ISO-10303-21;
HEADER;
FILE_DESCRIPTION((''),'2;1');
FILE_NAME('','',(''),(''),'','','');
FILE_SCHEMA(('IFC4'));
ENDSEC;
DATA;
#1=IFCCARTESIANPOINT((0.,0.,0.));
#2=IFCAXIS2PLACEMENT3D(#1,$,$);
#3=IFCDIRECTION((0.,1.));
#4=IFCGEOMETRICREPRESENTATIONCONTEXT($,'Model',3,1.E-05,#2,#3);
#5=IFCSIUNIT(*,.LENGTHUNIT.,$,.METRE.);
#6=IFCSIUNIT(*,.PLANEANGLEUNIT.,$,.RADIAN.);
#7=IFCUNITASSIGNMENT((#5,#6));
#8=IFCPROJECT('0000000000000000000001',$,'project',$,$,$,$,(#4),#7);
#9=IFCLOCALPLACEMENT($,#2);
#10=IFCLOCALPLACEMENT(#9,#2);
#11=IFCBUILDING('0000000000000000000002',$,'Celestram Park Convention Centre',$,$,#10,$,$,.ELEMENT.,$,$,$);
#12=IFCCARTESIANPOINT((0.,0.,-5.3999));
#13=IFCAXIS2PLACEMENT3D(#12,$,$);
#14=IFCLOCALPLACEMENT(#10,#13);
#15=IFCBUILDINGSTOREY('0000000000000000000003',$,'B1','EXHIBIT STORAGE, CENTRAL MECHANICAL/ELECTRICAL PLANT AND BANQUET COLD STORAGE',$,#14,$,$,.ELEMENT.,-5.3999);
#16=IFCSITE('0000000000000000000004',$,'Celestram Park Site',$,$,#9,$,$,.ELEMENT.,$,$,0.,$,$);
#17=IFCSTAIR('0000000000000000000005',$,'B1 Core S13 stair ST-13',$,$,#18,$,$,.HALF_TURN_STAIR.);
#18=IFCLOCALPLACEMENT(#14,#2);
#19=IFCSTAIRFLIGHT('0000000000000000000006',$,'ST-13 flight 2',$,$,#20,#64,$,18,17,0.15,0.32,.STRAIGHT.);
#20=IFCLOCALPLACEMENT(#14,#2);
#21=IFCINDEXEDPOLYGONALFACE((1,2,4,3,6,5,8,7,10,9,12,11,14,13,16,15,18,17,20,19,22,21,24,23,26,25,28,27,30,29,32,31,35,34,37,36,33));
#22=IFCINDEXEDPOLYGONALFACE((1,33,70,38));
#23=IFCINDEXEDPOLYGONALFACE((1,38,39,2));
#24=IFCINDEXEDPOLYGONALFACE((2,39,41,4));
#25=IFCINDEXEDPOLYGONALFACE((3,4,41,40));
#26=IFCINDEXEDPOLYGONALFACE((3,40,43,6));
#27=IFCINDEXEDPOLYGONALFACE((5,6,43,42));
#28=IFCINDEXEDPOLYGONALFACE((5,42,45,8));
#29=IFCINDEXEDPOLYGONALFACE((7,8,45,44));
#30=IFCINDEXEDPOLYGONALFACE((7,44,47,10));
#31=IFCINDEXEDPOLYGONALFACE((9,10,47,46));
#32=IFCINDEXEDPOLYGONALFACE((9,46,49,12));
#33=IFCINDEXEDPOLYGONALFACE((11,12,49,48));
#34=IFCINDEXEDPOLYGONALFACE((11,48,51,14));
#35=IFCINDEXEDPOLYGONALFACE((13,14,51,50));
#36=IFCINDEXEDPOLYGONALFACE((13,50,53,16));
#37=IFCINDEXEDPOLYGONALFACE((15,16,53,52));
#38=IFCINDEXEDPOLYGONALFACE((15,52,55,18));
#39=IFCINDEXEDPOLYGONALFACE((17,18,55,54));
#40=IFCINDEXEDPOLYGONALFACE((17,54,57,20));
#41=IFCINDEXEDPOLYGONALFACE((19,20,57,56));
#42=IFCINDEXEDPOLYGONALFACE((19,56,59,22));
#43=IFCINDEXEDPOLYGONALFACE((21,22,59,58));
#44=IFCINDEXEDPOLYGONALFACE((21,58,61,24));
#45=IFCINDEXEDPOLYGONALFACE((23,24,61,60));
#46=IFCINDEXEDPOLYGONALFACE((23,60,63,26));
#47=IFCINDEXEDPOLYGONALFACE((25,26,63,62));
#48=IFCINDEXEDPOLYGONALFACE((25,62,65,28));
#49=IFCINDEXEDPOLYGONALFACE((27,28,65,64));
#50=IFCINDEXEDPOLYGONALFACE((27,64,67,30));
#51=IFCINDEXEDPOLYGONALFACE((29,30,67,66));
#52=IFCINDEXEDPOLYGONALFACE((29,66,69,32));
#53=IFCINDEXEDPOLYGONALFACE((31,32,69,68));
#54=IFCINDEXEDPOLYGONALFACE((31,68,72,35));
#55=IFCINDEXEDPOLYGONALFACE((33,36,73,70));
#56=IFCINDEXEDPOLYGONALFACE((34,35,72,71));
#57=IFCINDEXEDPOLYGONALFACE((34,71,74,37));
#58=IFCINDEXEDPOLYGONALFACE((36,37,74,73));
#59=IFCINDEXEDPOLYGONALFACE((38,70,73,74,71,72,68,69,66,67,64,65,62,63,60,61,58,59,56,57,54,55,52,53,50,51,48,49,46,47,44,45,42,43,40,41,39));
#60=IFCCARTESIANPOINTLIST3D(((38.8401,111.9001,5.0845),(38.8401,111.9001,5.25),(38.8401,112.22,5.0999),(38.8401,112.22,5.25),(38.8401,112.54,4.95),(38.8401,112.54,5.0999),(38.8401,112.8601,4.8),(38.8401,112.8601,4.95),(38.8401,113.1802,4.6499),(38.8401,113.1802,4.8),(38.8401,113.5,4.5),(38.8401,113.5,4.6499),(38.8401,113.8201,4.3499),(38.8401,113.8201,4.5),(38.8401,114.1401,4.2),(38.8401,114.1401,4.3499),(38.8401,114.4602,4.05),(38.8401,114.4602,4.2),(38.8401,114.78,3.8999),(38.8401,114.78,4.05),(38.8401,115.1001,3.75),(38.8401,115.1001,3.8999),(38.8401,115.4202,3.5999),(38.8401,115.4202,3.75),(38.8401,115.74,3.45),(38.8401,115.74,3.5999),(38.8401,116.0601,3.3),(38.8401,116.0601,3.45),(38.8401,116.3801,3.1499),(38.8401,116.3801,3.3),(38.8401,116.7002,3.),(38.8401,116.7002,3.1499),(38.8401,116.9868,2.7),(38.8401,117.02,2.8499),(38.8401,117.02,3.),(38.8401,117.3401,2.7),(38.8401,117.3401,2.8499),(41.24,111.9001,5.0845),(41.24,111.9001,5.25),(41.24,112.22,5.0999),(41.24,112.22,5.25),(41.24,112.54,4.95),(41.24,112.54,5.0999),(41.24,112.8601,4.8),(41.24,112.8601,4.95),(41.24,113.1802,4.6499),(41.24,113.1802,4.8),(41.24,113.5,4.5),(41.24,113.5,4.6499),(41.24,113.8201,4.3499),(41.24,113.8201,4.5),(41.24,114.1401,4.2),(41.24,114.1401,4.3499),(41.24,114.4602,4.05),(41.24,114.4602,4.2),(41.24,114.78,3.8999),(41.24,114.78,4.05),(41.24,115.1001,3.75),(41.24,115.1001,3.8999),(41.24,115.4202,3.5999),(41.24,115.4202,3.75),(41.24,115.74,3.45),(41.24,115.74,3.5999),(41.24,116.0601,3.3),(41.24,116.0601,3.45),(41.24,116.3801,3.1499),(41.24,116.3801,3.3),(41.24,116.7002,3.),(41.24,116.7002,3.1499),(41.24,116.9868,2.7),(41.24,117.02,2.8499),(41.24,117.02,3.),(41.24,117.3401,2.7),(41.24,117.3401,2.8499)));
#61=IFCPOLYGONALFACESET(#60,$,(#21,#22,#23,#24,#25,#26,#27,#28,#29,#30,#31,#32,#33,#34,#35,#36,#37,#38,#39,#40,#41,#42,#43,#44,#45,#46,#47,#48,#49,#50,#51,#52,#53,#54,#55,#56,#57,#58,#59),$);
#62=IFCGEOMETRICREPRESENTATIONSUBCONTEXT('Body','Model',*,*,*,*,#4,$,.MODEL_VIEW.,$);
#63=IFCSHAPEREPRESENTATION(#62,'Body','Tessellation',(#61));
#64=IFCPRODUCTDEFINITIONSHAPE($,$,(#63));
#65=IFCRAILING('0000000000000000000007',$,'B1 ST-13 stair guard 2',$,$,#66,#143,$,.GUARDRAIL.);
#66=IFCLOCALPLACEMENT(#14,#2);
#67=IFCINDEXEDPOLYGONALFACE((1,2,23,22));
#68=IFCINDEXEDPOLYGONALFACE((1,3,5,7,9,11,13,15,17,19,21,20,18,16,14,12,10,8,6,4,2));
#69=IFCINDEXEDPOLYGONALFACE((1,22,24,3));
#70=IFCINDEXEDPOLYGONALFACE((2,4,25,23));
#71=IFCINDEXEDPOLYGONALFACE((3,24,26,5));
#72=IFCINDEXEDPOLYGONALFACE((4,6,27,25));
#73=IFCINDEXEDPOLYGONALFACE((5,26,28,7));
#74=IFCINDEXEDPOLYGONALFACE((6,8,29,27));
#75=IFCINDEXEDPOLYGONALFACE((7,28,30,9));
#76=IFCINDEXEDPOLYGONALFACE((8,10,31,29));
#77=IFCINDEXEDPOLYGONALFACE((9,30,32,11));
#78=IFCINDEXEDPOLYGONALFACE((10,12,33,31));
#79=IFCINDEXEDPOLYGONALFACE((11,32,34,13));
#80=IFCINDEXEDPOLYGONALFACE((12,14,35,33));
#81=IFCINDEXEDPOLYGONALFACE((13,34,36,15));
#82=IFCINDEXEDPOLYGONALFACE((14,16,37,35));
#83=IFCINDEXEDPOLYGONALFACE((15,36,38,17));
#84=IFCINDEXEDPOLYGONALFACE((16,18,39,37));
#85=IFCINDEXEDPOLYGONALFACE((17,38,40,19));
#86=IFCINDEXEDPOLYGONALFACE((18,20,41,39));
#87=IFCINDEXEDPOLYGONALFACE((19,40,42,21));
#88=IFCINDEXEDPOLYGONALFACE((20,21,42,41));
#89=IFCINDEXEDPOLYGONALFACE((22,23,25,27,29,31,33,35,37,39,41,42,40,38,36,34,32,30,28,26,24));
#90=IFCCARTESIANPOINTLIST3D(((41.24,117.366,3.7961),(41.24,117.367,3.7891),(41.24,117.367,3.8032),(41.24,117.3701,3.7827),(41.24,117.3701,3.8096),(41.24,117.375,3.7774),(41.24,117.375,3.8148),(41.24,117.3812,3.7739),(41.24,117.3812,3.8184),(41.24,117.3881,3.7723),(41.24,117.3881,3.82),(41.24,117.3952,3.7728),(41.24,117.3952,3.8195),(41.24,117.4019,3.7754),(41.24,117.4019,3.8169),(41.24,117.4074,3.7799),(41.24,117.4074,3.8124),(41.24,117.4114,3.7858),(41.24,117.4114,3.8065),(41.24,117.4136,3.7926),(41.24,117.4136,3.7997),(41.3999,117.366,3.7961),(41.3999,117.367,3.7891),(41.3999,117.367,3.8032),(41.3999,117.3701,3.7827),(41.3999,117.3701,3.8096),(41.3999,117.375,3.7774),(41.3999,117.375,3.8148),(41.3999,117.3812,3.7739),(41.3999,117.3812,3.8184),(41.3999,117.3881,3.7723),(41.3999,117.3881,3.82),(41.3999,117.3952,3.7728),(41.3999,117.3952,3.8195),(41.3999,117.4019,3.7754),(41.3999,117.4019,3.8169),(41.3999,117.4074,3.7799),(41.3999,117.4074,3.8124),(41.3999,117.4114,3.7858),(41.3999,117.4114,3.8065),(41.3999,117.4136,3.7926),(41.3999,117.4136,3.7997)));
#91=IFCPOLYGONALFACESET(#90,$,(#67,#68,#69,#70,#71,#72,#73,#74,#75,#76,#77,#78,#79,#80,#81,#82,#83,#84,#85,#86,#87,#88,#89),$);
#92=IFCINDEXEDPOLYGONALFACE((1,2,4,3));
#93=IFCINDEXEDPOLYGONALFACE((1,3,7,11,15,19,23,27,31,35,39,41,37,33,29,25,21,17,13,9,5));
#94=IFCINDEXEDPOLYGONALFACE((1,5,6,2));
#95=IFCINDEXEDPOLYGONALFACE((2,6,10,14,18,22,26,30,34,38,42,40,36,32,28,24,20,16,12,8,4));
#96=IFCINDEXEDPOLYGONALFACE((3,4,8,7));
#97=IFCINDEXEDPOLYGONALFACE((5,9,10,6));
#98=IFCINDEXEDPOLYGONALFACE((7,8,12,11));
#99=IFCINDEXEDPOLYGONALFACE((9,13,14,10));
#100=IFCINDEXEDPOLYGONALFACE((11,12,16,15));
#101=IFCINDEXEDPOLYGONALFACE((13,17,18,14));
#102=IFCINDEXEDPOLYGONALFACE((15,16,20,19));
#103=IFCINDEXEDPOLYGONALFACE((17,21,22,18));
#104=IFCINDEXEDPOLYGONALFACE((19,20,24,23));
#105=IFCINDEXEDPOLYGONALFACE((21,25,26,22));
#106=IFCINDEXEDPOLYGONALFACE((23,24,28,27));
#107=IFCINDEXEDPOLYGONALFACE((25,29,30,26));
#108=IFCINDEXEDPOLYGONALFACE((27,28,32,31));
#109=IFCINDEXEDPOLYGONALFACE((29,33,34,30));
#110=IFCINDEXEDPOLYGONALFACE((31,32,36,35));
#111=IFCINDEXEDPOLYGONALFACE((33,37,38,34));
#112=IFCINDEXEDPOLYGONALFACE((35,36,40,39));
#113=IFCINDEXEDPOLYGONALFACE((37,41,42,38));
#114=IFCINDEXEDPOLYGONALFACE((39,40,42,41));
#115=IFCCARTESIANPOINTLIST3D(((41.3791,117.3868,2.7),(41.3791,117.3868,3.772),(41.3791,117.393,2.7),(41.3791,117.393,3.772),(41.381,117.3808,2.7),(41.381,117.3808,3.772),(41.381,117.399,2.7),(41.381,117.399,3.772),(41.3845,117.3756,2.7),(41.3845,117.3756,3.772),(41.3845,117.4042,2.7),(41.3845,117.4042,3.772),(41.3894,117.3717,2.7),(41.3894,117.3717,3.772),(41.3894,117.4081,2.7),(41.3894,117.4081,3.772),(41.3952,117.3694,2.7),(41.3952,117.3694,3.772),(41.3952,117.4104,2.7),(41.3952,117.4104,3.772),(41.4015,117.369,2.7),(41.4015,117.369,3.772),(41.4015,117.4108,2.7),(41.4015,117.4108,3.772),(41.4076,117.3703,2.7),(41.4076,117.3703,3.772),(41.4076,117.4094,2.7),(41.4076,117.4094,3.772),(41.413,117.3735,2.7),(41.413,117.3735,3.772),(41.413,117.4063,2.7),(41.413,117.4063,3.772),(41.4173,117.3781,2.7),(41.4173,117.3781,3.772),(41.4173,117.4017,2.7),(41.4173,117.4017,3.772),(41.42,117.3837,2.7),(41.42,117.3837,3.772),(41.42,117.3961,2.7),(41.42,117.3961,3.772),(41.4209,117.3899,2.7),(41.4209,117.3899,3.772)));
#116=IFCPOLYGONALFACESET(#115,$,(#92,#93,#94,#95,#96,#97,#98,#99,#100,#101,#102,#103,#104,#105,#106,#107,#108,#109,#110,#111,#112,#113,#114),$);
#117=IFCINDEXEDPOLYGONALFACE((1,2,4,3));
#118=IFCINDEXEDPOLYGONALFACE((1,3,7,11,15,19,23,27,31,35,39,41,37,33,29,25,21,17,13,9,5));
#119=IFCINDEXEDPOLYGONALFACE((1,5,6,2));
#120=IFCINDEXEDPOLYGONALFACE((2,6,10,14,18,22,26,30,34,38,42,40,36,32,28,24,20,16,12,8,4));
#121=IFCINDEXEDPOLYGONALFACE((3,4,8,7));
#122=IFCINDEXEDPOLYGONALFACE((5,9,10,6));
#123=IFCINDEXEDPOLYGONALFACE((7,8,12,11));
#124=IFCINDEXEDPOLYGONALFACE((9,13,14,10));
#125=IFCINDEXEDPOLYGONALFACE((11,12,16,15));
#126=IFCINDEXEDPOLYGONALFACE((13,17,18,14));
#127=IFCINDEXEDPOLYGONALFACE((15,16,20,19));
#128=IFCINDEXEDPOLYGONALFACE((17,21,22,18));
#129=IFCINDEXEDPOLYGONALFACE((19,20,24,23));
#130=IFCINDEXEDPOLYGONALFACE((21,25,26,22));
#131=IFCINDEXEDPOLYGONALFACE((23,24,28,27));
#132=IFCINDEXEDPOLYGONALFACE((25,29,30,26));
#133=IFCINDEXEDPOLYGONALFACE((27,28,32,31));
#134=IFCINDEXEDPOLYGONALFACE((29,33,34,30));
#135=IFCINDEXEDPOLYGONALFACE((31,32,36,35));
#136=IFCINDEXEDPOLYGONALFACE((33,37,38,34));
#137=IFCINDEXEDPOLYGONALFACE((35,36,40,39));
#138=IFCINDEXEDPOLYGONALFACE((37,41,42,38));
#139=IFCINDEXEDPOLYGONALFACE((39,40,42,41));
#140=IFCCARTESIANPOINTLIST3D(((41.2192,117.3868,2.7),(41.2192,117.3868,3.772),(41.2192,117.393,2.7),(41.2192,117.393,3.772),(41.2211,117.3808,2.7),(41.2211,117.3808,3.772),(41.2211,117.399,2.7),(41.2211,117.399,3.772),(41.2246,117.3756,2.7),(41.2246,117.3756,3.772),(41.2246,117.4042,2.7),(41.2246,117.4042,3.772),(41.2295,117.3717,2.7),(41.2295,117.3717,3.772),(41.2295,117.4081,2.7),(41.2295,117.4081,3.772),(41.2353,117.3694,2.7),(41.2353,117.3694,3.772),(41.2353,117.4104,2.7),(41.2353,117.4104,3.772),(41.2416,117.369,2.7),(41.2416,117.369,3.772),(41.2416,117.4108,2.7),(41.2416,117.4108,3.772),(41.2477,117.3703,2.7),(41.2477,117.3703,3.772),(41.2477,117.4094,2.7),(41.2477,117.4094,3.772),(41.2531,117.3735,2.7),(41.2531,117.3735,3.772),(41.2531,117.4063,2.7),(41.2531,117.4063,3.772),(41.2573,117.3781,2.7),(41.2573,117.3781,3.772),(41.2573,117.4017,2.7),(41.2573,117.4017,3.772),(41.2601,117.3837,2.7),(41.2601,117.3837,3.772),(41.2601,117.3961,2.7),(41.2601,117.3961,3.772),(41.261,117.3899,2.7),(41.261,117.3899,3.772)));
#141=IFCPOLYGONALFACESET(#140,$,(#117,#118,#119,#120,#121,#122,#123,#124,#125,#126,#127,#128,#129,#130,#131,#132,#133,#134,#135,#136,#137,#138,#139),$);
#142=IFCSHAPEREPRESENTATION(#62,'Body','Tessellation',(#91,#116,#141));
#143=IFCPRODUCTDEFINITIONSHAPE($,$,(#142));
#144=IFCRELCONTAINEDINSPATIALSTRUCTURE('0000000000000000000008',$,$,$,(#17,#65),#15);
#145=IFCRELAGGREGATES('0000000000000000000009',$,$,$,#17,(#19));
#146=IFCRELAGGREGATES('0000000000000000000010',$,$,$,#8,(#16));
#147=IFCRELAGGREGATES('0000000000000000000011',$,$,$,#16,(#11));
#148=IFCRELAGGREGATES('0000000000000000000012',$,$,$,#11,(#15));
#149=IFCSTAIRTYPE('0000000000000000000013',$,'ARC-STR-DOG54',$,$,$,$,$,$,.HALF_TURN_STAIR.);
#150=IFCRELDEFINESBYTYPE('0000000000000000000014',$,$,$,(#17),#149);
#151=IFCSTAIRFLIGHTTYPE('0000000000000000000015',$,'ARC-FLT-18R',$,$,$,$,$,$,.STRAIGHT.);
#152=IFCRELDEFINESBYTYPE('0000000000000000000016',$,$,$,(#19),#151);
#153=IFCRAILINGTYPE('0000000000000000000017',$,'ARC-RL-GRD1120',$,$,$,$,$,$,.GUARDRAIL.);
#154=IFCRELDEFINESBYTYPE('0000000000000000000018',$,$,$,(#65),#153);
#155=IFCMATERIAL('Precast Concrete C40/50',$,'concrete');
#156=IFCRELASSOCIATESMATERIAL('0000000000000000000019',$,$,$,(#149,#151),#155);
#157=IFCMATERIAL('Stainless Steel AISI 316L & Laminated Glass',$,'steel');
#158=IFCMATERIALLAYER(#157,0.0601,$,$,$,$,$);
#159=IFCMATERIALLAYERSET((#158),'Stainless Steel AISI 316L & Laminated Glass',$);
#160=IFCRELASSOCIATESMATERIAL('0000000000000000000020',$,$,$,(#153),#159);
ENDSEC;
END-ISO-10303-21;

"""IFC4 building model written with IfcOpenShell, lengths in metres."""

from ifc_helpers import new_model, si_unit, direction, frame, origin, origin_2d, place, context, subcontext, project, spatial, polyline, circle, outline, extrude, material, layer, layer_set, type_object, element, aggregate, save


model = new_model("IFC4")

# Units and contexts
model_context = context("Model", 3, precision=1e-05, world=origin(), true_north=direction((0.0, 1.0)))
body_context = subcontext(model_context, "Body", "Model", "MODEL_VIEW")
ifc_project = project(units=[si_unit("LENGTHUNIT", "METRE"), si_unit("PLANEANGLEUNIT", "RADIAN")], contexts=[model_context])

# Site, building, storey
site_placement = place(None, origin())
site = spatial("IfcSite", under=ifc_project, at=site_placement, Name="Celestram Park Site", CompositionType="ELEMENT", RefElevation=0.0)
building_placement = place(site_placement, origin())
building = spatial("IfcBuilding", under=site, at=building_placement, Name="Celestram Park Convention Centre", CompositionType="ELEMENT")
storey_placement = place(building_placement, frame((0.0, 0.0, -5.3999)))
storey = spatial("IfcBuildingStorey", under=building, at=storey_placement, Name="B1", Description="EXHIBIT STORAGE, CENTRAL MECHANICAL/ELECTRICAL PLANT AND BANQUET COLD STORAGE", CompositionType="ELEMENT", Elevation=-5.3999)

# Stair, stair flight
ifc_material_1 = material(Name="Precast Concrete C40/50", Category="concrete")
stair_type = type_object("IfcStairType", Name="ARC-STR-DOG54", PredefinedType="HALF_TURN_STAIR", material=ifc_material_1)
stair_placement = place(storey_placement, origin())
stair = element("IfcStair", 1, at=stair_placement, inside=storey, type_object=stair_type, Name="B1 Core S13 stair ST-13", PredefinedType="HALF_TURN_STAIR")
stair_flight_type = type_object("IfcStairFlightType", Name="ARC-FLT-18R", PredefinedType="STRAIGHT", material=ifc_material_1)
stair_flight_1_placement = place(storey_placement, frame((40.04, 117.3401, 2.7), z_axis=(0.0, 0.0, 1.0), x_axis=(0.0, -1.0, 0.0)))
stair_flight_1 = element("IfcStairFlight", 2, at=stair_flight_1_placement, type_object=stair_flight_type, Name="ST-13 flight 2", NumberOfRisers=18, NumberOfTreads=17, PredefinedType="STRAIGHT", RiserHeight=0.15, TreadLength=0.32, context=body_context, shape_type="SweptSolid", body=[
    extrude(outline(polyline([(0.0, 0.0), (0.0, 0.1499), (0.3201, 0.1499), (0.3201, 0.3), (0.6399, 0.3), (0.6399, 0.45), (0.96, 0.45), (0.96, 0.6001), (1.28, 0.6001), (1.28, 0.75), (1.6001, 0.75), (1.6001, 0.8999), (1.9199, 0.8999), (1.9199, 1.05), (2.24, 1.05), (2.24, 1.2), (2.5601, 1.2), (2.5601, 1.3501), (2.8799, 1.3501), (2.8799, 1.5), (3.2, 1.5), (3.2, 1.6499), (3.52, 1.6499), (3.52, 1.8), (3.8401, 1.8), (3.8401, 1.95), (4.1599, 1.95), (4.1599, 2.1001), (4.48, 2.1001), (4.48, 2.25), (4.8, 2.25), (4.8, 2.3999), (5.1201, 2.3999), (5.1201, 2.55), (5.4399, 2.55), (5.4399, 2.7), (5.4399, 2.3845), (0.3533, 0.0), (0.0, 0.0)])), frame((0.0, 1.2, 0.0), z_axis=(0.0, -1.0, 0.0), x_axis=(1.0, 0.0, 0.0)), (0.0, 0.0, 1.0), 2.3999),
])
aggregate(stair, [stair_flight_1])

# Railing
ifc_material_2 = material(Name="Stainless Steel AISI 316L & Laminated Glass", Category="steel")
ifc_layer_1 = layer(ifc_material_2, 0.0601)
ifc_layer_set_1 = layer_set([ifc_layer_1], Name="Stainless Steel AISI 316L & Laminated Glass")
railing_type_1 = type_object("IfcRailingType", Name="ARC-RL-GRD1120", PredefinedType="GUARDRAIL", material=ifc_layer_set_1)
railing_1_placement = place(storey_placement, frame((41.3999, 117.3899, 2.7)))
element("IfcRailing", 3, at=railing_1_placement, inside=storey, type_object=railing_type_1, Name="B1 ST-13 stair guard 2", PredefinedType="GUARDRAIL", context=body_context, shape_type="SweptSolid", body=[
    extrude(circle(Radius=0.0239, at=origin_2d()), frame((0.0, 0.0, 1.0962), z_axis=(-1.0, 0.0, 0.0), x_axis=(0.0, -1.0, 0.0)), (0.0, 0.0, 1.0), 0.1599),
    extrude(circle(Radius=0.021, at=origin_2d()), origin(), (0.0, 0.0, 1.0), 1.072),
    extrude(circle(Radius=0.021, at=origin_2d()), frame((-0.1599, 0.0, 0.0)), (0.0, 0.0, 1.0), 1.072),
])

save(model, "model.ifc")
